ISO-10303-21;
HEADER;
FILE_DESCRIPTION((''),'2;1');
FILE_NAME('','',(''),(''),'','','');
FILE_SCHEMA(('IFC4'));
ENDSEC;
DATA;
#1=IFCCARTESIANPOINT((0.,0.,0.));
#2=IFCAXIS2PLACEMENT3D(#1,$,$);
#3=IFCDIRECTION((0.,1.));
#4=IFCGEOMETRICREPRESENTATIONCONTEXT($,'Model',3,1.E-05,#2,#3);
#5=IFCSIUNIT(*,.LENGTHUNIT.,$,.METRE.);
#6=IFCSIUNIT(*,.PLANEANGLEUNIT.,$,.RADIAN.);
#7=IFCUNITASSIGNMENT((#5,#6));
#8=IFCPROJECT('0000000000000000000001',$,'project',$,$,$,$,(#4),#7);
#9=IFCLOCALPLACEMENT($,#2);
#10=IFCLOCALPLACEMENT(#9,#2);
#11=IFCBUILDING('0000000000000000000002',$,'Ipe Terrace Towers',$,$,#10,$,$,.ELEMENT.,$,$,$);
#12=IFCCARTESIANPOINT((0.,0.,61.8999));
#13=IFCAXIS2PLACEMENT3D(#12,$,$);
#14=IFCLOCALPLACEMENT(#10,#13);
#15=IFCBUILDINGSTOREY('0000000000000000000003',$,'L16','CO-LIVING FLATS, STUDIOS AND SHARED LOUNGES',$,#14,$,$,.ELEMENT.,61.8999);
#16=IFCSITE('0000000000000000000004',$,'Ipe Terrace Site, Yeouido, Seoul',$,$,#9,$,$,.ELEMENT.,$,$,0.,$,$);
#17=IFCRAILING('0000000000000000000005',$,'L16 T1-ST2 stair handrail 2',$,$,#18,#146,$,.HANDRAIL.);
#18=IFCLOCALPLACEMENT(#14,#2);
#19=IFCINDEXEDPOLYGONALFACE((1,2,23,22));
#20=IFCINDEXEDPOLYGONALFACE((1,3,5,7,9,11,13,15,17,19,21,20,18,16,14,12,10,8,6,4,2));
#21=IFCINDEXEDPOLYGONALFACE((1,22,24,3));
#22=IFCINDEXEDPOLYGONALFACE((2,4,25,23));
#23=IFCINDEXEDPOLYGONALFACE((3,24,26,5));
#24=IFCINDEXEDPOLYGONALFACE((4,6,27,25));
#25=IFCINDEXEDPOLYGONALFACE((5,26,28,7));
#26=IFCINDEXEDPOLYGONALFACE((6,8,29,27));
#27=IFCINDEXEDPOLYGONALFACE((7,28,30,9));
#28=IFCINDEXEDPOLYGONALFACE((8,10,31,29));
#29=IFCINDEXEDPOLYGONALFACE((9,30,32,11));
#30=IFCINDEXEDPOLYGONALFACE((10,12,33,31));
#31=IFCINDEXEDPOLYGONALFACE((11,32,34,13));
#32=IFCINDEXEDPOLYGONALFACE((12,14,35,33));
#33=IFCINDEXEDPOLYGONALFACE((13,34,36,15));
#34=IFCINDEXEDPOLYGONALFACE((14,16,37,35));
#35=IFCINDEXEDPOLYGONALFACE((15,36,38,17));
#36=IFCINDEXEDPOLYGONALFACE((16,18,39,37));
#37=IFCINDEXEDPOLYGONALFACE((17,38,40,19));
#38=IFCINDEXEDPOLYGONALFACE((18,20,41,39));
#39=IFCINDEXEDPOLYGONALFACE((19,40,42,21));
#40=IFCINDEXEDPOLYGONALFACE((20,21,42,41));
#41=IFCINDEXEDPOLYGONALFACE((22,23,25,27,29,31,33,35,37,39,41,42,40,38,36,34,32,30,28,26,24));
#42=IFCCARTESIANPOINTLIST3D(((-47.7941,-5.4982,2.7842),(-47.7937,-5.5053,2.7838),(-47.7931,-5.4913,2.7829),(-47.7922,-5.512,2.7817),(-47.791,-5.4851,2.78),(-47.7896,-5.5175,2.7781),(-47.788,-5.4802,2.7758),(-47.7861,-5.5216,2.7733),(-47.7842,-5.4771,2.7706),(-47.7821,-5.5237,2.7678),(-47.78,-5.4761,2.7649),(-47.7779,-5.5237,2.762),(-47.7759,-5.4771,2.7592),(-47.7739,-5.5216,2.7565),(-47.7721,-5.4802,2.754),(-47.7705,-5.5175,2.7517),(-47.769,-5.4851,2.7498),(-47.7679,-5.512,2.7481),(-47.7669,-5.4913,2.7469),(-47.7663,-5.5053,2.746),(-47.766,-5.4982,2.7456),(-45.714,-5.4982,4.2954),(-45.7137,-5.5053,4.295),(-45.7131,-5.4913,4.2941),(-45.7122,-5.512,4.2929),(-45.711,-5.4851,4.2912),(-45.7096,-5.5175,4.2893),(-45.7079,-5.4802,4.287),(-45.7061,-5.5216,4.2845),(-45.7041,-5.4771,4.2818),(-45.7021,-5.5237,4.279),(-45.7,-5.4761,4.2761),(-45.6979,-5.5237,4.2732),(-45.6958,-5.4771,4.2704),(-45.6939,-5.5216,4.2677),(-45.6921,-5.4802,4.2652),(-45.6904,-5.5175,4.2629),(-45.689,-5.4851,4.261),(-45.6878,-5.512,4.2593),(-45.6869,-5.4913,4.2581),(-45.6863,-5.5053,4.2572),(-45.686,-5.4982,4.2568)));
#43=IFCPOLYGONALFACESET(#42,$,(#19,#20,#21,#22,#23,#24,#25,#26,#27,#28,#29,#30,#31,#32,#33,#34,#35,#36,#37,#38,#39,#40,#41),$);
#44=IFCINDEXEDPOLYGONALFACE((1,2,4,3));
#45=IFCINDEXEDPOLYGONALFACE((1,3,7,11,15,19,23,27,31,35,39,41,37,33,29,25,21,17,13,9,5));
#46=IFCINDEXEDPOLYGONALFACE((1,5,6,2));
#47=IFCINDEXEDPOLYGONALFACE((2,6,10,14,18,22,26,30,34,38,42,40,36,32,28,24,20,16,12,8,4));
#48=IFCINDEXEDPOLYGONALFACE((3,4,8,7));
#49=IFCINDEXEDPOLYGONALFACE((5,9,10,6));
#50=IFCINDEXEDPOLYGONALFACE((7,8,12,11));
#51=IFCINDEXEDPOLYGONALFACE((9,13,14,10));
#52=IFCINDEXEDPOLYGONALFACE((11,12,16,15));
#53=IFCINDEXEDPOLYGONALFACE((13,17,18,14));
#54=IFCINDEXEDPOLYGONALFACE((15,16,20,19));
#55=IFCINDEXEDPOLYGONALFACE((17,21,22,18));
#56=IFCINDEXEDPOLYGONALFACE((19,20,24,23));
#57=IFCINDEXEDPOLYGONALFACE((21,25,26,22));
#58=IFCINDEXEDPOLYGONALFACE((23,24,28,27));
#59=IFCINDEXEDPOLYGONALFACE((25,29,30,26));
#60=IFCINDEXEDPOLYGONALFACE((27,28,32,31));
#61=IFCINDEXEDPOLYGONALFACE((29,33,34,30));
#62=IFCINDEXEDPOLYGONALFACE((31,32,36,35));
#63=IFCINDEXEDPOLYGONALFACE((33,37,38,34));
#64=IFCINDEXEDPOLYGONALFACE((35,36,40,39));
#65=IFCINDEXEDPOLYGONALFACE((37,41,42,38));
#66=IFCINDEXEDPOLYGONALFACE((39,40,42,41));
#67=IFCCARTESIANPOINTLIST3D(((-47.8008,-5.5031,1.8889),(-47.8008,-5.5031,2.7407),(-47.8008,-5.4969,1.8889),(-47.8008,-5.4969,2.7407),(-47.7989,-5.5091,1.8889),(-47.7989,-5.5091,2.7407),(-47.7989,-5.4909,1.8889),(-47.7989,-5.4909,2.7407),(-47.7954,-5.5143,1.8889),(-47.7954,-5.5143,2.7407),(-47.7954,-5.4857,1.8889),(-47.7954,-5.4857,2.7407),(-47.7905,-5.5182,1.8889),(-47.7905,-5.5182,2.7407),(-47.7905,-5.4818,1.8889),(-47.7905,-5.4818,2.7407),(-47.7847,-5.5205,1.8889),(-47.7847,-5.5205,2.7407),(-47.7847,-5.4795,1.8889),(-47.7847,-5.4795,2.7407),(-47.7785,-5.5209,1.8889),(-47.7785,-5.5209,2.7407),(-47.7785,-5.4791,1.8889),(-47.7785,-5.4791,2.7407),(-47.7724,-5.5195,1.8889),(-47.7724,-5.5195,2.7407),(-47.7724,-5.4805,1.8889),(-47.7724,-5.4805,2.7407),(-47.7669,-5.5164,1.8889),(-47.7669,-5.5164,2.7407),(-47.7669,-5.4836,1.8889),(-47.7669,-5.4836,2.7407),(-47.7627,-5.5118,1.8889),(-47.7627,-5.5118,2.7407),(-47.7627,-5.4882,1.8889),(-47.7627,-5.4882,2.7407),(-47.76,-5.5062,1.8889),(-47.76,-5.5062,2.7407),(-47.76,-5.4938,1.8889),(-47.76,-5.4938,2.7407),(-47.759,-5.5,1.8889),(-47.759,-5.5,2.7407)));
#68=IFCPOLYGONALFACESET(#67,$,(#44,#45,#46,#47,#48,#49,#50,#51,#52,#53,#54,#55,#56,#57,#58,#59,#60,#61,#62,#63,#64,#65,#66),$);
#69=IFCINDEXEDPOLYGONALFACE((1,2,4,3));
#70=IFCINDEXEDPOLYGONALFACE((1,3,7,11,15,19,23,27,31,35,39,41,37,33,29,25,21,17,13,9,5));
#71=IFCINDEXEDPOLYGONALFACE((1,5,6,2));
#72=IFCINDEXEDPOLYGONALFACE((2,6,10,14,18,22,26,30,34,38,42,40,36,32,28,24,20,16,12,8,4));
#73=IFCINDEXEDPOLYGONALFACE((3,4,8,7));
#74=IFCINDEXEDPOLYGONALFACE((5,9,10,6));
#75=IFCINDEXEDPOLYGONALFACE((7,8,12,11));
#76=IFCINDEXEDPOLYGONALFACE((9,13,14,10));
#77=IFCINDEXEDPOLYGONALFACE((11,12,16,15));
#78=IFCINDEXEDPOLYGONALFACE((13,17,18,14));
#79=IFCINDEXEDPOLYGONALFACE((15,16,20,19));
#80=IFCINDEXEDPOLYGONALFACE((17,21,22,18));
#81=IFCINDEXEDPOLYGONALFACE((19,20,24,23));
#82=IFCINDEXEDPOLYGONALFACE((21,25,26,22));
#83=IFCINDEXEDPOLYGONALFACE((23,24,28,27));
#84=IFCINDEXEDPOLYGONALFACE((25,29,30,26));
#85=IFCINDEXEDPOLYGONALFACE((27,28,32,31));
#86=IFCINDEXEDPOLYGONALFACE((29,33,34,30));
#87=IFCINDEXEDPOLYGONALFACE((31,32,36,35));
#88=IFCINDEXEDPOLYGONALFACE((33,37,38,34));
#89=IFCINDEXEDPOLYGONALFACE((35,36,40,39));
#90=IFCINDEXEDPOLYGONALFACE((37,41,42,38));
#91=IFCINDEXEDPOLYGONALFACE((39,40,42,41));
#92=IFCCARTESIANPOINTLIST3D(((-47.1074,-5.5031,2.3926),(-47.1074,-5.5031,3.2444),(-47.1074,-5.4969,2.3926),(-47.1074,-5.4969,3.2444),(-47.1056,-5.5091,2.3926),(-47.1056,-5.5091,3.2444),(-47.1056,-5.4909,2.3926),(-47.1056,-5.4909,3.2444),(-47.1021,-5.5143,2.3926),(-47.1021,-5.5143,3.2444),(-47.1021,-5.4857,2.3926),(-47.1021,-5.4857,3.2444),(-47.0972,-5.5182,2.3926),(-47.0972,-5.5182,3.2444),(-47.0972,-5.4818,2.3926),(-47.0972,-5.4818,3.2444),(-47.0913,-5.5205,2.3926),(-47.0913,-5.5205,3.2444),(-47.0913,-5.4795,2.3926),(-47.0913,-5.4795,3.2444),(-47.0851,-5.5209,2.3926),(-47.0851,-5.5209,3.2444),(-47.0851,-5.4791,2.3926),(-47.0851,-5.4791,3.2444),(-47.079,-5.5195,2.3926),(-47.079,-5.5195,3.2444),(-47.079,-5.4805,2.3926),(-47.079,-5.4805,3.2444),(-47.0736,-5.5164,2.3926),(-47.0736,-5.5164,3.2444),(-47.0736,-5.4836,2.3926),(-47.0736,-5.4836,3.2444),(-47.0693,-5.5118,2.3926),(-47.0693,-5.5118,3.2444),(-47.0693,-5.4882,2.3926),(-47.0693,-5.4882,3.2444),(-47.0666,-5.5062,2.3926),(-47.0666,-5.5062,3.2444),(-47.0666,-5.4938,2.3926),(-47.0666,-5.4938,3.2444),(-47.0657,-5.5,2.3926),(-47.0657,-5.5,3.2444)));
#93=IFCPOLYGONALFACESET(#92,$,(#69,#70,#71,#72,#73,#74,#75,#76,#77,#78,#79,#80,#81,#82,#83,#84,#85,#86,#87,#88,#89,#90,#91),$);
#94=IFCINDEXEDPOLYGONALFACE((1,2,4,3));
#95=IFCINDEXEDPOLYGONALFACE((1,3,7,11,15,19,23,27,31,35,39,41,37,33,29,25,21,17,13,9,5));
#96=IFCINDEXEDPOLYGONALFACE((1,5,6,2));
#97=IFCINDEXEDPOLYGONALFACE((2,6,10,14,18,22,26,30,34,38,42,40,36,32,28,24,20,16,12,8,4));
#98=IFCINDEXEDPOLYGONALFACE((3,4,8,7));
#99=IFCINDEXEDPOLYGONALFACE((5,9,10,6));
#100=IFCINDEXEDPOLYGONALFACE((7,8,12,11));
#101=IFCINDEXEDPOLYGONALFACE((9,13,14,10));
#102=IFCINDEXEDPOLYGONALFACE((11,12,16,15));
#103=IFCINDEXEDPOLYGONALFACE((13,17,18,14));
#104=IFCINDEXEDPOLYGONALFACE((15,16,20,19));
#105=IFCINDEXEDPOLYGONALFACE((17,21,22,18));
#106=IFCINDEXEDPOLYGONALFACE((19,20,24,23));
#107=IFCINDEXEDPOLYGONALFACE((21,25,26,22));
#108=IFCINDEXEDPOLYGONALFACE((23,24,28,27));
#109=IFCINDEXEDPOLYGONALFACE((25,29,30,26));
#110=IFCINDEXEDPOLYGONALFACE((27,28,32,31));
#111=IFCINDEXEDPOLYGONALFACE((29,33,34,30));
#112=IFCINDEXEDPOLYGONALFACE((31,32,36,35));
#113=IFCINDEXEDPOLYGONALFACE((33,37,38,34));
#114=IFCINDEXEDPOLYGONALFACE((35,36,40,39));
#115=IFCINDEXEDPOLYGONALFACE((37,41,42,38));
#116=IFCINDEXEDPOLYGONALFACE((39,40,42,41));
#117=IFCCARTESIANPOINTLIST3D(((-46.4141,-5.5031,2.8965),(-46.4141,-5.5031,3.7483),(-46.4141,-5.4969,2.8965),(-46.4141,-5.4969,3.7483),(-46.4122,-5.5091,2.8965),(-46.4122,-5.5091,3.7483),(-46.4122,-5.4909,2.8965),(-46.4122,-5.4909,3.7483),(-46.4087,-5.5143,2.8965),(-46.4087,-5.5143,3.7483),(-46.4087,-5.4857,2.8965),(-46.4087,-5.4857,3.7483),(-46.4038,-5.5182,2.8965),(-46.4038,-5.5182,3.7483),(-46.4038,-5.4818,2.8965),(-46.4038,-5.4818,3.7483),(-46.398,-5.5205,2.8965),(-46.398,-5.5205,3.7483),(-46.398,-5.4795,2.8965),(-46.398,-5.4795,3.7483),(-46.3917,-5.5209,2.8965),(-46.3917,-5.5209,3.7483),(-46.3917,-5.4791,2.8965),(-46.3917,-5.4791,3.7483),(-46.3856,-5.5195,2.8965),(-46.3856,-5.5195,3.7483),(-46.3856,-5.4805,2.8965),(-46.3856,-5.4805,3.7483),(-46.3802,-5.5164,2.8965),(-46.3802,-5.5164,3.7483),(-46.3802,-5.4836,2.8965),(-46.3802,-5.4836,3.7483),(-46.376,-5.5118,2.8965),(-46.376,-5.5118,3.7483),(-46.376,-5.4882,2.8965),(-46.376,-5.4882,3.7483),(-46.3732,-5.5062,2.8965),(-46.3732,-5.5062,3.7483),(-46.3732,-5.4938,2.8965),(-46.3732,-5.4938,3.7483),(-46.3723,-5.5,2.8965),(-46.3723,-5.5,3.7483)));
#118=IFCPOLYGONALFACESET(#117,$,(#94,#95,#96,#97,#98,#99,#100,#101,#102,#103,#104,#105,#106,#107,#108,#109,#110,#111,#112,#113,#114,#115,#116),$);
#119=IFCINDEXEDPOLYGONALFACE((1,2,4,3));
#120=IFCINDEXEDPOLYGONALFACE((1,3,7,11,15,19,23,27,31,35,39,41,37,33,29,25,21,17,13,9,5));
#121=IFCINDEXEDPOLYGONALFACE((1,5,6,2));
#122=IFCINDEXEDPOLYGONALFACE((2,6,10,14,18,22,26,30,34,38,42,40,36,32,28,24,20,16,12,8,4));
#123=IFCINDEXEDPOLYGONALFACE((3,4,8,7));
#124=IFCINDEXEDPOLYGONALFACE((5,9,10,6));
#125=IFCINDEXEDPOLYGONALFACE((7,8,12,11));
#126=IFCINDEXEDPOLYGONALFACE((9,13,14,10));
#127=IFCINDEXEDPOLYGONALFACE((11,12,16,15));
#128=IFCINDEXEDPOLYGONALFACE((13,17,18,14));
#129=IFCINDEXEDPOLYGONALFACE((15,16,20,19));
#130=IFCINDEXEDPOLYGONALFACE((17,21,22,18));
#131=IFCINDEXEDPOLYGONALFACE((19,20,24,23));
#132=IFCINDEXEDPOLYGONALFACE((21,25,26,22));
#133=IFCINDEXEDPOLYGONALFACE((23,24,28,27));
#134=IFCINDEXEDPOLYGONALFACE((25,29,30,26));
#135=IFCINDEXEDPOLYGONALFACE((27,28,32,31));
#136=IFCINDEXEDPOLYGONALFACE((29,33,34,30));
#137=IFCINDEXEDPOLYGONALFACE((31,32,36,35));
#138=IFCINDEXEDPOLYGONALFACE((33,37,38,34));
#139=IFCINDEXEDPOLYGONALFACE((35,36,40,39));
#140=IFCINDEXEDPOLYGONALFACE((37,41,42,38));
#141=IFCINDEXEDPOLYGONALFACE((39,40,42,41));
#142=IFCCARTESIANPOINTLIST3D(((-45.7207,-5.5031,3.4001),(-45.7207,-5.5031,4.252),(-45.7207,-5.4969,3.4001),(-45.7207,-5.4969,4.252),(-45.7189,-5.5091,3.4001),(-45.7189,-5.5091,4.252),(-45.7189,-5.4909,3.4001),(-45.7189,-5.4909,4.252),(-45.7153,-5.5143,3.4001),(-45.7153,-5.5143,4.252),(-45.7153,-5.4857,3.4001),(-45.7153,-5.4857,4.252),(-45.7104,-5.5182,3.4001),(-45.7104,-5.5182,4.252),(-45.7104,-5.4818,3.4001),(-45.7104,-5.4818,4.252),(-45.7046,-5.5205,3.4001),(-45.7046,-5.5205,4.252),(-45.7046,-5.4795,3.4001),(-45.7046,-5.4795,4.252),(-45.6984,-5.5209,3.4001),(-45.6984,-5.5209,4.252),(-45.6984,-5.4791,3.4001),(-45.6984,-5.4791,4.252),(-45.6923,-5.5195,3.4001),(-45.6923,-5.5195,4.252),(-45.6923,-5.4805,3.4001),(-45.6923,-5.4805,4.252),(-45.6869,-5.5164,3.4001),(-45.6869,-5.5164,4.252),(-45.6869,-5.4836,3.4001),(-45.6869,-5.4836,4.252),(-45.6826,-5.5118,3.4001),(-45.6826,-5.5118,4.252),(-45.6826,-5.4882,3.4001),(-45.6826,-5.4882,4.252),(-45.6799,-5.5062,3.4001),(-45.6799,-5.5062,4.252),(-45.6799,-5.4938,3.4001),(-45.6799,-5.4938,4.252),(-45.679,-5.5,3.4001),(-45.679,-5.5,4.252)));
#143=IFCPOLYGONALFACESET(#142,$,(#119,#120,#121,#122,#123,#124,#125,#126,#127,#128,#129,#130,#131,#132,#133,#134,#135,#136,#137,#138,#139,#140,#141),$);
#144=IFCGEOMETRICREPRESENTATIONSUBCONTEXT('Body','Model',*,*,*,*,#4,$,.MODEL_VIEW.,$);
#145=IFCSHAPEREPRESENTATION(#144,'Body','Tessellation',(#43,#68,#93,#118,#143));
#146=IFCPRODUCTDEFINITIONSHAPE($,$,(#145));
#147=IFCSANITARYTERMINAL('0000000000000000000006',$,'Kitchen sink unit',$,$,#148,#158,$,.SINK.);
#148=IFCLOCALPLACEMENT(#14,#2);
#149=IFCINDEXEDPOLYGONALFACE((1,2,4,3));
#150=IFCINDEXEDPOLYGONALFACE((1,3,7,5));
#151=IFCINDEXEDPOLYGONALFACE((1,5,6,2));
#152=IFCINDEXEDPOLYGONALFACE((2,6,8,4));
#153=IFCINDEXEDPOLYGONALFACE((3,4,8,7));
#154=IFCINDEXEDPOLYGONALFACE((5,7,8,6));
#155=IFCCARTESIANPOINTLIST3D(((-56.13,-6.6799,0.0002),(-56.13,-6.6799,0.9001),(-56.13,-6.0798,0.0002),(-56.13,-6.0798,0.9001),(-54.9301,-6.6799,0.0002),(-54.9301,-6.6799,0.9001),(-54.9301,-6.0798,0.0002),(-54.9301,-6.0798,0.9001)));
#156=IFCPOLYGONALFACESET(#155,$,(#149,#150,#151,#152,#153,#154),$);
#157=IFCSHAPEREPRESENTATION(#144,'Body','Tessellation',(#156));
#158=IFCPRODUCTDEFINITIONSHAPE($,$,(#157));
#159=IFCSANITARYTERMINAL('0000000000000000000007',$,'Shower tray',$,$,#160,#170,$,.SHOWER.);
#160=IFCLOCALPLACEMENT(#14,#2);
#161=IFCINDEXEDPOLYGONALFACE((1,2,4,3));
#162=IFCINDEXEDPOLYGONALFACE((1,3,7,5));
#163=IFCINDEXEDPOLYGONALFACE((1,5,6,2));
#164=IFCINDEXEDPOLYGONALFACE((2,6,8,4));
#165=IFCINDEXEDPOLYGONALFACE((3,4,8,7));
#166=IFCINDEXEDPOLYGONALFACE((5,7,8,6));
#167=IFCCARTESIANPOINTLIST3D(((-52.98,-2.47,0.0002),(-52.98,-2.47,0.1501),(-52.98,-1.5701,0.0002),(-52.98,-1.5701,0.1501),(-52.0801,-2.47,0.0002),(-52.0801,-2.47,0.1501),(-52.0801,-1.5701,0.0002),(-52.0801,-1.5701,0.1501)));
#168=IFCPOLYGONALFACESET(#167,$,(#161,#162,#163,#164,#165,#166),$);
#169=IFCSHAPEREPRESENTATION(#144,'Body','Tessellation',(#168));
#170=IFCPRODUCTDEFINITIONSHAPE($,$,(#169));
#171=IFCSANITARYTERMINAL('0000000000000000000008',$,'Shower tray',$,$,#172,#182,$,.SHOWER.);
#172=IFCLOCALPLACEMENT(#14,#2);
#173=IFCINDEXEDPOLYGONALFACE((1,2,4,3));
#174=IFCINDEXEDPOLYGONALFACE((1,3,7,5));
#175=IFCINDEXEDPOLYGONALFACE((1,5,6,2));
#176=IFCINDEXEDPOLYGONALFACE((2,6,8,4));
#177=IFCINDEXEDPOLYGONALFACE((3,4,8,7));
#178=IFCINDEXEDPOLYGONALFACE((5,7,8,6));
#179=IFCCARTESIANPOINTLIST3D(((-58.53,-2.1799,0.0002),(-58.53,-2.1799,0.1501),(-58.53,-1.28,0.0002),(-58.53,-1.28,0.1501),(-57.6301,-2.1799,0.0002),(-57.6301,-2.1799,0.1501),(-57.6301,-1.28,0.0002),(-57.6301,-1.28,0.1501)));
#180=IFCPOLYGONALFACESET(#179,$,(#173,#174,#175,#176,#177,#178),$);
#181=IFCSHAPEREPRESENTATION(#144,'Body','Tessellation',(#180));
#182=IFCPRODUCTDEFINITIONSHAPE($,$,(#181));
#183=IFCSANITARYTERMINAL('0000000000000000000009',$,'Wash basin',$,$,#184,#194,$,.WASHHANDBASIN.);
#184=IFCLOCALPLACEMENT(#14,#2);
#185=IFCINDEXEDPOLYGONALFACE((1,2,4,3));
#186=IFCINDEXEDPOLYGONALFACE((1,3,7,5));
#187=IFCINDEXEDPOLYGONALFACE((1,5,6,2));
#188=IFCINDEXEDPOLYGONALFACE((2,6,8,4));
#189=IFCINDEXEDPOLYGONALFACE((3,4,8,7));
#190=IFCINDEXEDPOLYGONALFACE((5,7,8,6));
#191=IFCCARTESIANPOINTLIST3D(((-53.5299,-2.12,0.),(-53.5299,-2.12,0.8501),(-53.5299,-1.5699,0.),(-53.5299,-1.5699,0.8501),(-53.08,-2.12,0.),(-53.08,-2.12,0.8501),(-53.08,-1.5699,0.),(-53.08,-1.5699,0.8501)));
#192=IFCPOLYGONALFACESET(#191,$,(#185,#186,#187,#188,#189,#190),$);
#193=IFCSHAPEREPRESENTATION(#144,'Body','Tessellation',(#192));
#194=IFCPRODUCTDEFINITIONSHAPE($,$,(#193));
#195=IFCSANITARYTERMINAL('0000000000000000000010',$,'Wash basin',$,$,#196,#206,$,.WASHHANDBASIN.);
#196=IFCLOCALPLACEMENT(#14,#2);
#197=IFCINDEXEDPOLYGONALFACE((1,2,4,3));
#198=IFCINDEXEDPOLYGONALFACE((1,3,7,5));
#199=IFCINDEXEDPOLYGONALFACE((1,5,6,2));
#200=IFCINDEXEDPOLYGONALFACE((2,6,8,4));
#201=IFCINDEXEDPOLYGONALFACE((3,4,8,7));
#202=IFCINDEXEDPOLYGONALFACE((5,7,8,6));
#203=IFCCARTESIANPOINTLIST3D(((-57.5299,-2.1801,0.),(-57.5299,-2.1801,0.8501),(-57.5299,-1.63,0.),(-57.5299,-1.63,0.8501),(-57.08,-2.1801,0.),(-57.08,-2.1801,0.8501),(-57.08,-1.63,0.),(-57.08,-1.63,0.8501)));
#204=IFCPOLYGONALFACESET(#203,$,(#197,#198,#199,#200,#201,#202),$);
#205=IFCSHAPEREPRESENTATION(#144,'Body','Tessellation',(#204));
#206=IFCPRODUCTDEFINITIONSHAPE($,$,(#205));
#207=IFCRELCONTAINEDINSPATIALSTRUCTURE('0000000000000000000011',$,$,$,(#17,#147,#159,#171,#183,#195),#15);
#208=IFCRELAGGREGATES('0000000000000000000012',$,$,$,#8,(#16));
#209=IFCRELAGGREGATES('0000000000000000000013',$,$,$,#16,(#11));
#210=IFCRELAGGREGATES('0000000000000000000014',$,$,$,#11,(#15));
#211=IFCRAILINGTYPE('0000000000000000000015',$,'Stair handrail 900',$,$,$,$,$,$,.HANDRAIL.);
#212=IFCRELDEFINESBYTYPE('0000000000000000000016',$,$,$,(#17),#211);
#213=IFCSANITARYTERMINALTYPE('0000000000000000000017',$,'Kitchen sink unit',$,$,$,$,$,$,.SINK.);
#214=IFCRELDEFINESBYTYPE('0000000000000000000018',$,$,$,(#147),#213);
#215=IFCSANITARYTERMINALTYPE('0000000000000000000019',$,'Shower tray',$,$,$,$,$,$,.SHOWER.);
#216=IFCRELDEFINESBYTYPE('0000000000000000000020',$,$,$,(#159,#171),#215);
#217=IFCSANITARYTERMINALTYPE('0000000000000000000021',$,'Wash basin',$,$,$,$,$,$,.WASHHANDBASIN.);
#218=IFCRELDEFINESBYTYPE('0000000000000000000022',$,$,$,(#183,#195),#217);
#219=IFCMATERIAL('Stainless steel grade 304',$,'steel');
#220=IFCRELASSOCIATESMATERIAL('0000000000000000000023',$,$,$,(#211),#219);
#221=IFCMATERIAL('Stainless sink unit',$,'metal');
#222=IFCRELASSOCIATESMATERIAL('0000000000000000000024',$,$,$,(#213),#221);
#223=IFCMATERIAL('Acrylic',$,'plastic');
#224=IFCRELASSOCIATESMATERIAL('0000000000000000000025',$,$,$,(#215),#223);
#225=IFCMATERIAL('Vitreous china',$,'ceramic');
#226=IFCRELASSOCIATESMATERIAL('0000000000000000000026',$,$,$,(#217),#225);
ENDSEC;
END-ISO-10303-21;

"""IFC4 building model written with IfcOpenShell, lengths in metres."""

from ifc_helpers import new_model, si_unit, direction, frame, origin, origin_2d, place, context, subcontext, project, spatial, rectangle, circle, extrude, material, type_object, element, save


model = new_model("IFC4")

# Units and contexts
model_context = context("Model", 3, precision=1e-05, world=origin(), true_north=direction((0.0, 1.0)))
body_context = subcontext(model_context, "Body", "Model", "MODEL_VIEW")
ifc_project = project(units=[si_unit("LENGTHUNIT", "METRE"), si_unit("PLANEANGLEUNIT", "RADIAN")], contexts=[model_context])

# Site, building, storey
site_placement = place(None, origin())
site = spatial("IfcSite", under=ifc_project, at=site_placement, Name="Ipe Terrace Site, Yeouido, Seoul", CompositionType="ELEMENT", RefElevation=0.0)
building_placement = place(site_placement, origin())
building = spatial("IfcBuilding", under=site, at=building_placement, Name="Ipe Terrace Towers", CompositionType="ELEMENT")
storey_placement = place(building_placement, frame((0.0, 0.0, 61.8999)))
storey = spatial("IfcBuildingStorey", under=building, at=storey_placement, Name="L16", Description="CO-LIVING FLATS, STUDIOS AND SHARED LOUNGES", CompositionType="ELEMENT", Elevation=61.8999)

# Railing
ifc_material_1 = material(Name="Stainless steel grade 304", Category="steel")
railing_type_1 = type_object("IfcRailingType", Name="Stair handrail 900", PredefinedType="HANDRAIL", material=ifc_material_1)
railing_1_placement = place(storey_placement, frame((-47.78, -5.5, 1.8889)))
element("IfcRailing", 1, at=railing_1_placement, inside=storey, type_object=railing_type_1, Name="L16 T1-ST2 stair handrail 2", PredefinedType="HANDRAIL", context=body_context, shape_type="SweptSolid", body=[
    extrude(circle(Radius=0.0239, at=origin_2d()), frame((0.0, 0.0, 0.876), z_axis=(0.809023, 0.0, 0.587776), x_axis=(0.0, 1.0, 0.0)), (0.0, 0.0, 1.0), 2.571),
    extrude(circle(Radius=0.021, at=origin_2d()), origin(), (0.0, 0.0, 1.0), 0.8518),
    extrude(circle(Radius=0.021, at=origin_2d()), frame((0.6934, 0.0, 0.5037)), (0.0, 0.0, 1.0), 0.8518),
    extrude(circle(Radius=0.021, at=origin_2d()), frame((1.3867, 0.0, 1.0076)), (0.0, 0.0, 1.0), 0.8518),
    extrude(circle(Radius=0.021, at=origin_2d()), frame((2.0801, 0.0, 1.5112)), (0.0, 0.0, 1.0), 0.8518),
])

# Sanitary terminals
ifc_material_2 = material(Name="Stainless sink unit", Category="metal")
sanitary_terminal_type_1 = type_object("IfcSanitaryTerminalType", Name="Kitchen sink unit", PredefinedType="SINK", material=ifc_material_2)
sanitary_terminal_1_placement = place(storey_placement, frame((-55.53, -6.3799, 0.0002), z_axis=(0.0, 0.0, 1.0), x_axis=(-1.0, 0.0, 0.0)))
element("IfcSanitaryTerminal", 2, at=sanitary_terminal_1_placement, inside=storey, type_object=sanitary_terminal_type_1, Name="Kitchen sink unit", PredefinedType="SINK", context=body_context, shape_type="SweptSolid", body=[
    extrude(rectangle(XDim=1.2, YDim=0.6001, at=origin_2d()), origin(), (0.0, 0.0, 1.0), 0.8999),
])
ifc_material_3 = material(Name="Acrylic", Category="plastic")
sanitary_terminal_type_2 = type_object("IfcSanitaryTerminalType", Name="Shower tray", PredefinedType="SHOWER", material=ifc_material_3)
for number, where, z_axis, x_axis, name in (
    (3, (-52.53, -2.02, 0.0002), (0.0, 0.0, 1.0), (0.0, -1.0, 0.0), "Shower tray"),
    (4, (-58.0801, -1.73, 0.0002), (0.0, 0.0, 1.0), (0.0, 1.0, 0.0), "Shower tray"),
):
    element("IfcSanitaryTerminal", number, at=place(storey_placement, frame(where, z_axis=z_axis, x_axis=x_axis)), inside=storey, type_object=sanitary_terminal_type_2, Name=name, PredefinedType="SHOWER", context=body_context, shape_type="SweptSolid", body=[
        extrude(rectangle(XDim=0.8999, YDim=0.8999, at=origin_2d()), origin(), (0.0, 0.0, 1.0), 0.1499),
    ])
ifc_material_4 = material(Name="Vitreous china", Category="ceramic")
sanitary_terminal_type_3 = type_object("IfcSanitaryTerminalType", Name="Wash basin", PredefinedType="WASHHANDBASIN", material=ifc_material_4)
for number, where, z_axis, x_axis, name in (
    (5, (-53.3049, -1.845, 0.0), (0.0, 0.0, 1.0), (0.0, -1.0, 0.0), "Wash basin"),
    (6, (-57.3049, -1.905, 0.0), (0.0, 0.0, 1.0), (0.0, 1.0, 0.0), "Wash basin"),
):
    element("IfcSanitaryTerminal", number, at=place(storey_placement, frame(where, z_axis=z_axis, x_axis=x_axis)), inside=storey, type_object=sanitary_terminal_type_3, Name=name, PredefinedType="WASHHANDBASIN", context=body_context, shape_type="SweptSolid", body=[
        extrude(rectangle(XDim=0.55, YDim=0.45, at=origin_2d()), origin(), (0.0, 0.0, 1.0), 0.8501),
    ])

save(model, "model.ifc")
